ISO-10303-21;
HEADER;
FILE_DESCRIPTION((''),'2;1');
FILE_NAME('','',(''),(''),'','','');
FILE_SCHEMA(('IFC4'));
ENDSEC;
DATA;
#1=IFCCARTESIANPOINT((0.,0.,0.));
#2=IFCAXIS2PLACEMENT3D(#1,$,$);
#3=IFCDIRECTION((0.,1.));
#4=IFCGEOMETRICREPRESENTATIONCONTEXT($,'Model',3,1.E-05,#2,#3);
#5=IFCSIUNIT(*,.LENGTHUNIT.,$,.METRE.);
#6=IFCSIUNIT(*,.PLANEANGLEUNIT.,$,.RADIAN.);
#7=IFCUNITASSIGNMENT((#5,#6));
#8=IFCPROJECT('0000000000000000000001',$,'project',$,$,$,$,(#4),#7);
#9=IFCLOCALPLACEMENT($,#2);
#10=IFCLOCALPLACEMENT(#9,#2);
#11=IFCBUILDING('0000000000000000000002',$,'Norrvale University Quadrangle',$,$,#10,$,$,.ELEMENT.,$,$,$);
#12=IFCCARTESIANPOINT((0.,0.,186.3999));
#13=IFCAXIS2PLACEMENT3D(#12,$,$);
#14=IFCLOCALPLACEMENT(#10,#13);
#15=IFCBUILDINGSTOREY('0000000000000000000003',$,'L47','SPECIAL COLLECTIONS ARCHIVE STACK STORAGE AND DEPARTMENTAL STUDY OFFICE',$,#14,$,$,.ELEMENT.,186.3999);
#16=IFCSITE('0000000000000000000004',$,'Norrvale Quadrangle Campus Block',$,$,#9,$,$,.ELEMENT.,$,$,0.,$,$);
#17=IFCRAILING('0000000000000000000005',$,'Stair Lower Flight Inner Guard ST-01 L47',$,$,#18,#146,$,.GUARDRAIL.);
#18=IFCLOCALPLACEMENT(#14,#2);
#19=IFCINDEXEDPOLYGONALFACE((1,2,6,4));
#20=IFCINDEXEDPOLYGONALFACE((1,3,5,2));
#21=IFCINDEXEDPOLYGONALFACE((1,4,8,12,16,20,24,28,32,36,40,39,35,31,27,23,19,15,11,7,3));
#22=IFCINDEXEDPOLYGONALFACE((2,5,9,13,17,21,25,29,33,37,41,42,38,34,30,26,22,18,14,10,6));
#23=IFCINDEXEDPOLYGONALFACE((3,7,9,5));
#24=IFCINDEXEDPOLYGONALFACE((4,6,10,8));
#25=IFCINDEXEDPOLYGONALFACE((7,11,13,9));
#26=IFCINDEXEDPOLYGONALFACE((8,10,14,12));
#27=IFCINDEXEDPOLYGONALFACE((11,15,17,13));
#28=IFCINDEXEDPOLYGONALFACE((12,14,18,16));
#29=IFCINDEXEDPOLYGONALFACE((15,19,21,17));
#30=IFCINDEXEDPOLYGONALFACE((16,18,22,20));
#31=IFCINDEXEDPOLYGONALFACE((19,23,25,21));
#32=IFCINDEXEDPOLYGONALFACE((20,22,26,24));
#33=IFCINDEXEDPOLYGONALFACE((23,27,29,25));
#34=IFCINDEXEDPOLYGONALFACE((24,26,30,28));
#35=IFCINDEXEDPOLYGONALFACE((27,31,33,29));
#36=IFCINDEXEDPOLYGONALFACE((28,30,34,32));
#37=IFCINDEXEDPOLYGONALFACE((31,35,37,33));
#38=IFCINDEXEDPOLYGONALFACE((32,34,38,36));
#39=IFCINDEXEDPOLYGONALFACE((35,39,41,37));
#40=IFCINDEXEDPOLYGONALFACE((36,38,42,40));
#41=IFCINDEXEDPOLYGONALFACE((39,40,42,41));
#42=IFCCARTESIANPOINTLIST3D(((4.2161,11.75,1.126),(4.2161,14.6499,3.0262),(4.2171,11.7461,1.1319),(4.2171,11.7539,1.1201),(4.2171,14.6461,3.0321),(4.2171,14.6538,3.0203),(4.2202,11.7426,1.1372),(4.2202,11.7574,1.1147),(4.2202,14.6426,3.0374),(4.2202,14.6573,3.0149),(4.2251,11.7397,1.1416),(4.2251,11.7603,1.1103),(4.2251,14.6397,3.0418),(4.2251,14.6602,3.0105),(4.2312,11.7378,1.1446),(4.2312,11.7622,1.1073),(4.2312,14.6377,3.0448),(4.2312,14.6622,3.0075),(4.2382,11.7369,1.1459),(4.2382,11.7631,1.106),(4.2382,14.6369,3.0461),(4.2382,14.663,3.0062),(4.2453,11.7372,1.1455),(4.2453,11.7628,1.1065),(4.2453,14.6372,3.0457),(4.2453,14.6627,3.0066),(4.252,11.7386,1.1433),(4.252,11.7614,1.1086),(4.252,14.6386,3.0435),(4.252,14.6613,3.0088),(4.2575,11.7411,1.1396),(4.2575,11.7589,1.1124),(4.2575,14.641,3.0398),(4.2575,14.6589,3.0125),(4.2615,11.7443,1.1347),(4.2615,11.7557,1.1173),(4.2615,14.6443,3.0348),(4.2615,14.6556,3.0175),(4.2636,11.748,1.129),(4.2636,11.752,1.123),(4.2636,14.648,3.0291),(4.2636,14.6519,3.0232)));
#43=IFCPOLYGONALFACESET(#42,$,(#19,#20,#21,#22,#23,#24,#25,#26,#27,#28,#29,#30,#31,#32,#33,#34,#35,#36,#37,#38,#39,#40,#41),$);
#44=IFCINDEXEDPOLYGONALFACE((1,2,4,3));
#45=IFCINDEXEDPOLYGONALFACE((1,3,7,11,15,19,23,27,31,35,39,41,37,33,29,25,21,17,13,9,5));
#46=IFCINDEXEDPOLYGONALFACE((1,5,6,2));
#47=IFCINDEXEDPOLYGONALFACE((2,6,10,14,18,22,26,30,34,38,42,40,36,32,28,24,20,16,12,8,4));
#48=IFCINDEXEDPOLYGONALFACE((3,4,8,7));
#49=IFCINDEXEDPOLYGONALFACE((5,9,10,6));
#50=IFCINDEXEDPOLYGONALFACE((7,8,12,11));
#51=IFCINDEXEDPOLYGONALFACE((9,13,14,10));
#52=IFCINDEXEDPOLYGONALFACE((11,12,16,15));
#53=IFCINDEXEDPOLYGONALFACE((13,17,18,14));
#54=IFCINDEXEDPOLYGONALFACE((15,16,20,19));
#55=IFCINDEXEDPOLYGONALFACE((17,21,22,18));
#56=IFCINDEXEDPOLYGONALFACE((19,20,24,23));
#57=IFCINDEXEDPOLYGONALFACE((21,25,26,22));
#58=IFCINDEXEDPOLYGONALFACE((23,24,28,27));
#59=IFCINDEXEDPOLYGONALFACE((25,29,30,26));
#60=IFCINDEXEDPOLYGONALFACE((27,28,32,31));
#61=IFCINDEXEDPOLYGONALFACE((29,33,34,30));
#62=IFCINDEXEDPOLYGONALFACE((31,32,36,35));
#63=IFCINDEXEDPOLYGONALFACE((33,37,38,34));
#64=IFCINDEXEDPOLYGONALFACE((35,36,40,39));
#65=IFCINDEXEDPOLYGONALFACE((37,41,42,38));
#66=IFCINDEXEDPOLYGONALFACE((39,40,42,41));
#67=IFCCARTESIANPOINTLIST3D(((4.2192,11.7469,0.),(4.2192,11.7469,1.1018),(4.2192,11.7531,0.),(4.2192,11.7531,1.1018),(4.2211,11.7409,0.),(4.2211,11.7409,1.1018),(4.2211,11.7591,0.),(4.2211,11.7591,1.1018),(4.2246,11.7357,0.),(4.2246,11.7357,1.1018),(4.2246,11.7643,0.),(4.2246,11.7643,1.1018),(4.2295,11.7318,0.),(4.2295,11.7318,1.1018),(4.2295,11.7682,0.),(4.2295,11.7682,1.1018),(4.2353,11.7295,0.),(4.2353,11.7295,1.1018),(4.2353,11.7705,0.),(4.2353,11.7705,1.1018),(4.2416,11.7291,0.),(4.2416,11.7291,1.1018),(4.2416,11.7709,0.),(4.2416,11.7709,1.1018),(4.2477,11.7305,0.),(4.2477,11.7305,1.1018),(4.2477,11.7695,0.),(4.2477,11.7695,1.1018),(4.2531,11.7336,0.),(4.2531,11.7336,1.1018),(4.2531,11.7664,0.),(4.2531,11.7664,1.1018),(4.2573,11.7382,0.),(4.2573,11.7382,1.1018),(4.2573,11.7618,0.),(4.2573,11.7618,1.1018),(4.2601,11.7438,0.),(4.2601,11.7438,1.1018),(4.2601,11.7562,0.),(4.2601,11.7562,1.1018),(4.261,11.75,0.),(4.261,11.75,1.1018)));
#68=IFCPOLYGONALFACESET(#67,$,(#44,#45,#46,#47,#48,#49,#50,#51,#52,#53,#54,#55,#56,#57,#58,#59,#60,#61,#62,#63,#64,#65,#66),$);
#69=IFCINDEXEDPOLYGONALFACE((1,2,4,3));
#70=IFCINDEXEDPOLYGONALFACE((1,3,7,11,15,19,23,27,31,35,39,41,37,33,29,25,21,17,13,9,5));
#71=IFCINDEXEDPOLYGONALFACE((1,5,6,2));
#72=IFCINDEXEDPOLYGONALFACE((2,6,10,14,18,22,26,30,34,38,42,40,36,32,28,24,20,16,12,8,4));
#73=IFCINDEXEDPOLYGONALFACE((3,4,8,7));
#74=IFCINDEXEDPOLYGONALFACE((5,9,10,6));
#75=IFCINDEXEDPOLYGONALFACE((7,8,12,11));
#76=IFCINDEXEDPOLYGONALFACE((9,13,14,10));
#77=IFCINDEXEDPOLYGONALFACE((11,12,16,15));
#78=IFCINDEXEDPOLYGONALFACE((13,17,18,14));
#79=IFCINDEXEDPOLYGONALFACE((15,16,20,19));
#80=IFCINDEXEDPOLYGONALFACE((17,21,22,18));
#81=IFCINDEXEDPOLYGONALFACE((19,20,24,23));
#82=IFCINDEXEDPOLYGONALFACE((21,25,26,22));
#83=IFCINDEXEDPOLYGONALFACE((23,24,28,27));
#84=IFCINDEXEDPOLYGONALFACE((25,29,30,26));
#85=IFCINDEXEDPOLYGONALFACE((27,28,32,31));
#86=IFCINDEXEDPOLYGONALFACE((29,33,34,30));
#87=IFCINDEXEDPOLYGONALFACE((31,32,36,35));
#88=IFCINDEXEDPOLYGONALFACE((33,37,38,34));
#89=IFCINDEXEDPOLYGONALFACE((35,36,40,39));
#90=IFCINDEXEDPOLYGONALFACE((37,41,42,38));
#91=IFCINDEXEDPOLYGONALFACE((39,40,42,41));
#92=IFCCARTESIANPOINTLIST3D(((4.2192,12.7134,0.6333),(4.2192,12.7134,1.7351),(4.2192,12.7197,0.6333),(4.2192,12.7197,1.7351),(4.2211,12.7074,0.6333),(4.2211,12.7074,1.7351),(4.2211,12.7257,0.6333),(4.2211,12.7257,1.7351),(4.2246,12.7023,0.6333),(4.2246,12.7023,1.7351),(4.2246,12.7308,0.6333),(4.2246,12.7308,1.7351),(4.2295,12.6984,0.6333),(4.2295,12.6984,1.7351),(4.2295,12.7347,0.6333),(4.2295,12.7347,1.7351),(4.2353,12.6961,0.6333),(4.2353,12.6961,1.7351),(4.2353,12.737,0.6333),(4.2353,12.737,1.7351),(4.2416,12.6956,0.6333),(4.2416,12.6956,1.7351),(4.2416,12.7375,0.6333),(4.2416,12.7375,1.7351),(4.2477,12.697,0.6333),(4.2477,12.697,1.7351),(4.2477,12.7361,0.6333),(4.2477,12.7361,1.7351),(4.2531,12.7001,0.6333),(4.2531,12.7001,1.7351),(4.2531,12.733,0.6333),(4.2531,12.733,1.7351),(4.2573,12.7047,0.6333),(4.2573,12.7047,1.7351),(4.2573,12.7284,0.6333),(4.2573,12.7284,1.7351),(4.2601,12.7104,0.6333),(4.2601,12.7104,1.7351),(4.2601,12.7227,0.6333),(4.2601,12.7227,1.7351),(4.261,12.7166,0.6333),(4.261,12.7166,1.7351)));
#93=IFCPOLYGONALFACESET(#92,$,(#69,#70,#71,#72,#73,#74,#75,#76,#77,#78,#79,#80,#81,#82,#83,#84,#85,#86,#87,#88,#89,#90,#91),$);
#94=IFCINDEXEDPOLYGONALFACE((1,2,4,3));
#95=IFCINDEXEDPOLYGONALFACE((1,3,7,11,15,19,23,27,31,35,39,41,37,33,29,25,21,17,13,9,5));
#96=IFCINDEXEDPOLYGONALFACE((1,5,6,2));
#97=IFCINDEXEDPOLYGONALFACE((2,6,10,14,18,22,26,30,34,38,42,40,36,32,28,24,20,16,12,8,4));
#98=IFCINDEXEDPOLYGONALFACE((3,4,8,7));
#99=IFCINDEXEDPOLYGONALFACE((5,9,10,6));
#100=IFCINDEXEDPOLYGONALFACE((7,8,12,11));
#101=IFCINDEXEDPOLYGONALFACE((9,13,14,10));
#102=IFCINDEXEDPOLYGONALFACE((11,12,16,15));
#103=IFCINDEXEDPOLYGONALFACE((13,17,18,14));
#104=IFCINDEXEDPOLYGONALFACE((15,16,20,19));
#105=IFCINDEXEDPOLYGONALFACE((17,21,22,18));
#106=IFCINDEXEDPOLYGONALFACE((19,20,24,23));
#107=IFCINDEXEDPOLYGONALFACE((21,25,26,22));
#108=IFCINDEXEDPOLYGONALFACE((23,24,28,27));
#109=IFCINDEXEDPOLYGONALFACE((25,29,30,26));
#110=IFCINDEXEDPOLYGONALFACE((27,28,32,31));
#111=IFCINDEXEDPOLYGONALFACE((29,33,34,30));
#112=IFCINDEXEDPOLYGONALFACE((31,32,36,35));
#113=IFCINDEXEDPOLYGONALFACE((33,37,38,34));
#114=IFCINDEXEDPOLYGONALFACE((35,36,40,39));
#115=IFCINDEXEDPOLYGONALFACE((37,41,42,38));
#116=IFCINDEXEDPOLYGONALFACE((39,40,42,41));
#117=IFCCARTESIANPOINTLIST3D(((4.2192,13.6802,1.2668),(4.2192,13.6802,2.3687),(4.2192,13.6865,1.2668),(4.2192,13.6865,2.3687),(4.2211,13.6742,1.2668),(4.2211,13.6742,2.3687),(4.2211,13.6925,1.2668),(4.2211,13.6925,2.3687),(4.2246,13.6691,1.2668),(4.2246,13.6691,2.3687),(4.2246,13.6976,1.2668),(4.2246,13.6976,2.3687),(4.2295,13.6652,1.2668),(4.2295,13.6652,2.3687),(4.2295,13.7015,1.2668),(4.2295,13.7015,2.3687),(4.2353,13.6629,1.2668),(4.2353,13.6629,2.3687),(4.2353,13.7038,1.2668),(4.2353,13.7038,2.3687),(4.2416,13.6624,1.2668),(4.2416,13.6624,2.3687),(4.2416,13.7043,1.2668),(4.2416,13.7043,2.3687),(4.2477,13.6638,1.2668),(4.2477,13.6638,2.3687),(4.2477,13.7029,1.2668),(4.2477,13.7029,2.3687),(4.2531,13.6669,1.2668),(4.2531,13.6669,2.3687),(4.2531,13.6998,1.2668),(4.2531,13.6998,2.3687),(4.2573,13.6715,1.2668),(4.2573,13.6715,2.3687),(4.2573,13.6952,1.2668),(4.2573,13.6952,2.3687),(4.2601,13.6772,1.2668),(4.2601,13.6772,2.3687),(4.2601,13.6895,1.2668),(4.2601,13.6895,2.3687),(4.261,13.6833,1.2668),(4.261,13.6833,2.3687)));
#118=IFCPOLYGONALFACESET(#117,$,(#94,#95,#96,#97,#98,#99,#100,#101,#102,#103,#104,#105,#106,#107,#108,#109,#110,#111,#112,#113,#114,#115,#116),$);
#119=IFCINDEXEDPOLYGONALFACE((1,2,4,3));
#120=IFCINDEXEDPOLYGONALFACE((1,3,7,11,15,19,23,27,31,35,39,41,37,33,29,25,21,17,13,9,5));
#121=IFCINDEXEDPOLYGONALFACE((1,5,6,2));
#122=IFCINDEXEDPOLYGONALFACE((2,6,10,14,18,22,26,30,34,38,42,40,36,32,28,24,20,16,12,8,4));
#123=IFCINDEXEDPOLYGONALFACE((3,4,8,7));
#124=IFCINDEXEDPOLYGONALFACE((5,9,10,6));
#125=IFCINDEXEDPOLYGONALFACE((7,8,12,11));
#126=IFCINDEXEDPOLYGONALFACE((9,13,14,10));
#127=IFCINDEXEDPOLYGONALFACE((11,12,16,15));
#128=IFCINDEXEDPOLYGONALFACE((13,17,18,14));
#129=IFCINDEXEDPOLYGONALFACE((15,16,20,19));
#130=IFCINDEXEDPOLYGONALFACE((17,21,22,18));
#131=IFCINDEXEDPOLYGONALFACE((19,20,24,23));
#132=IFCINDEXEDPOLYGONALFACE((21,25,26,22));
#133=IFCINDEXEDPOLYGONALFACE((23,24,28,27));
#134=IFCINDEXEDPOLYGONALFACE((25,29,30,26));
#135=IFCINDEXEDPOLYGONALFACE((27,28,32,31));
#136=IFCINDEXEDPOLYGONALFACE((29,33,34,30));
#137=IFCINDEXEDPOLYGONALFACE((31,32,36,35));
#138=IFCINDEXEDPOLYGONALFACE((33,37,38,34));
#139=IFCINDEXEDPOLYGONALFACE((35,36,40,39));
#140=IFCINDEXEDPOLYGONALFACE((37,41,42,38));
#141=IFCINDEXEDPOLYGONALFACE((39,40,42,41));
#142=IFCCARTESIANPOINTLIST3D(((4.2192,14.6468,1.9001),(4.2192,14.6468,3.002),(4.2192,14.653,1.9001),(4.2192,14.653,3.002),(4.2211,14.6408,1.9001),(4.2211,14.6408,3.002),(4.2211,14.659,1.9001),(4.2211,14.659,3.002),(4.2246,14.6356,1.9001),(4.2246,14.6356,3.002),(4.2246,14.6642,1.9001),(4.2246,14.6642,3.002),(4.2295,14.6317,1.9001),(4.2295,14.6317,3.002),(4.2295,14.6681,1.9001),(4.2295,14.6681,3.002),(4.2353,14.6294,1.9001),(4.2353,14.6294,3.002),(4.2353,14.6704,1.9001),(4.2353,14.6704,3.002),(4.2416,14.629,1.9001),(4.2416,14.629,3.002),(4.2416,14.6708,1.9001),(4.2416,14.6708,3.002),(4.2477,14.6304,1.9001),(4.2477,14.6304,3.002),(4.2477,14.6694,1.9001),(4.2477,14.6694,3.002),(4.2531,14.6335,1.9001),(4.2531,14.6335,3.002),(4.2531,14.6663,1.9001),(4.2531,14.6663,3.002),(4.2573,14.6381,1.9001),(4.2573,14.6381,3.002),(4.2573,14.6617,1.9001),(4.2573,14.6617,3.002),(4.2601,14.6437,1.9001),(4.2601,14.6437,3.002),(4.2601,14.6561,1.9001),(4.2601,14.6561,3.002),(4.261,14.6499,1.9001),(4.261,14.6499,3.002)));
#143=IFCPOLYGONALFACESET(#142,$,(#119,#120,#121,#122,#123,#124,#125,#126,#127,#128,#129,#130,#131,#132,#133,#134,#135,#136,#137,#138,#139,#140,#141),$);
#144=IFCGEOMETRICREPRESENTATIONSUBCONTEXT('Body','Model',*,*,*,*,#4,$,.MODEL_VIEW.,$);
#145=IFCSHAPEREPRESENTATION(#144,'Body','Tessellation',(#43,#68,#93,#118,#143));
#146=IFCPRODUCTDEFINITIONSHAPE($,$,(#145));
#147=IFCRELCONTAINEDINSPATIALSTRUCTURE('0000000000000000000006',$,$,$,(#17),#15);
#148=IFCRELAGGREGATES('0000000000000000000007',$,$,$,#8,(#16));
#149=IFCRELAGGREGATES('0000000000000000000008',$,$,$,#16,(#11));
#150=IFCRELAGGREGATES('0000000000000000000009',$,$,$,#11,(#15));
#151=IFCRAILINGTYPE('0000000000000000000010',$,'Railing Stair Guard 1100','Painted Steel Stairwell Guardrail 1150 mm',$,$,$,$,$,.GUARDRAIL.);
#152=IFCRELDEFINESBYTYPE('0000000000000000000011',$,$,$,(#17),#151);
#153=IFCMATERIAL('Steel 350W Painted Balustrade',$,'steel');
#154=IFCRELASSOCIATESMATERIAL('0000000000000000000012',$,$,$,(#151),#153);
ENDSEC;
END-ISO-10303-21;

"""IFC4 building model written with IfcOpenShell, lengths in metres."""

from ifc_helpers import new_model, si_unit, direction, frame, origin, origin_2d, place, context, subcontext, project, spatial, circle, extrude, material, type_object, element, save


model = new_model("IFC4")

# Units and contexts
model_context = context("Model", 3, precision=1e-05, world=origin(), true_north=direction((0.0, 1.0)))
body_context = subcontext(model_context, "Body", "Model", "MODEL_VIEW")
ifc_project = project(units=[si_unit("LENGTHUNIT", "METRE"), si_unit("PLANEANGLEUNIT", "RADIAN")], contexts=[model_context])

# Site, building, storey
site_placement = place(None, origin())
site = spatial("IfcSite", under=ifc_project, at=site_placement, Name="Norrvale Quadrangle Campus Block", CompositionType="ELEMENT", RefElevation=0.0)
building_placement = place(site_placement, origin())
building = spatial("IfcBuilding", under=site, at=building_placement, Name="Norrvale University Quadrangle", CompositionType="ELEMENT")
storey_placement = place(building_placement, frame((0.0, 0.0, 186.3999)))
storey = spatial("IfcBuildingStorey", under=building, at=storey_placement, Name="L47", Description="SPECIAL COLLECTIONS ARCHIVE STACK STORAGE AND DEPARTMENTAL STUDY OFFICE", CompositionType="ELEMENT", Elevation=186.3999)

# Railing
ifc_material_1 = material(Name="Steel 350W Painted Balustrade", Category="steel")
railing_type_1 = type_object("IfcRailingType", Name="Railing Stair Guard 1100", Description="Painted Steel Stairwell Guardrail 1150 mm", PredefinedType="GUARDRAIL", material=ifc_material_1)
railing_1_placement = place(storey_placement, frame((4.24, 11.75, 0.0)))
element("IfcRailing", 1, at=railing_1_placement, inside=storey, type_object=railing_type_1, Name="Stair Lower Flight Inner Guard ST-01 L47", PredefinedType="GUARDRAIL", context=body_context, shape_type="SweptSolid", body=[
    extrude(circle(Radius=0.0239, at=origin_2d()), frame((0.0, 0.0, 1.126), z_axis=(0.0, 0.836433, 0.548069), x_axis=(-1.0, 0.0, 0.0)), (0.0, 0.0, 1.0), 3.467),
    extrude(circle(Radius=0.021, at=origin_2d()), origin(), (0.0, 0.0, 1.0), 1.1018),
    extrude(circle(Radius=0.021, at=origin_2d()), frame((0.0, 0.9666, 0.6333)), (0.0, 0.0, 1.0), 1.1018),
    extrude(circle(Radius=0.021, at=origin_2d()), frame((0.0, 1.9333, 1.2668)), (0.0, 0.0, 1.0), 1.1018),
    extrude(circle(Radius=0.021, at=origin_2d()), frame((0.0, 2.8999, 1.9001)), (0.0, 0.0, 1.0), 1.1018),
])

save(model, "model.ifc")
